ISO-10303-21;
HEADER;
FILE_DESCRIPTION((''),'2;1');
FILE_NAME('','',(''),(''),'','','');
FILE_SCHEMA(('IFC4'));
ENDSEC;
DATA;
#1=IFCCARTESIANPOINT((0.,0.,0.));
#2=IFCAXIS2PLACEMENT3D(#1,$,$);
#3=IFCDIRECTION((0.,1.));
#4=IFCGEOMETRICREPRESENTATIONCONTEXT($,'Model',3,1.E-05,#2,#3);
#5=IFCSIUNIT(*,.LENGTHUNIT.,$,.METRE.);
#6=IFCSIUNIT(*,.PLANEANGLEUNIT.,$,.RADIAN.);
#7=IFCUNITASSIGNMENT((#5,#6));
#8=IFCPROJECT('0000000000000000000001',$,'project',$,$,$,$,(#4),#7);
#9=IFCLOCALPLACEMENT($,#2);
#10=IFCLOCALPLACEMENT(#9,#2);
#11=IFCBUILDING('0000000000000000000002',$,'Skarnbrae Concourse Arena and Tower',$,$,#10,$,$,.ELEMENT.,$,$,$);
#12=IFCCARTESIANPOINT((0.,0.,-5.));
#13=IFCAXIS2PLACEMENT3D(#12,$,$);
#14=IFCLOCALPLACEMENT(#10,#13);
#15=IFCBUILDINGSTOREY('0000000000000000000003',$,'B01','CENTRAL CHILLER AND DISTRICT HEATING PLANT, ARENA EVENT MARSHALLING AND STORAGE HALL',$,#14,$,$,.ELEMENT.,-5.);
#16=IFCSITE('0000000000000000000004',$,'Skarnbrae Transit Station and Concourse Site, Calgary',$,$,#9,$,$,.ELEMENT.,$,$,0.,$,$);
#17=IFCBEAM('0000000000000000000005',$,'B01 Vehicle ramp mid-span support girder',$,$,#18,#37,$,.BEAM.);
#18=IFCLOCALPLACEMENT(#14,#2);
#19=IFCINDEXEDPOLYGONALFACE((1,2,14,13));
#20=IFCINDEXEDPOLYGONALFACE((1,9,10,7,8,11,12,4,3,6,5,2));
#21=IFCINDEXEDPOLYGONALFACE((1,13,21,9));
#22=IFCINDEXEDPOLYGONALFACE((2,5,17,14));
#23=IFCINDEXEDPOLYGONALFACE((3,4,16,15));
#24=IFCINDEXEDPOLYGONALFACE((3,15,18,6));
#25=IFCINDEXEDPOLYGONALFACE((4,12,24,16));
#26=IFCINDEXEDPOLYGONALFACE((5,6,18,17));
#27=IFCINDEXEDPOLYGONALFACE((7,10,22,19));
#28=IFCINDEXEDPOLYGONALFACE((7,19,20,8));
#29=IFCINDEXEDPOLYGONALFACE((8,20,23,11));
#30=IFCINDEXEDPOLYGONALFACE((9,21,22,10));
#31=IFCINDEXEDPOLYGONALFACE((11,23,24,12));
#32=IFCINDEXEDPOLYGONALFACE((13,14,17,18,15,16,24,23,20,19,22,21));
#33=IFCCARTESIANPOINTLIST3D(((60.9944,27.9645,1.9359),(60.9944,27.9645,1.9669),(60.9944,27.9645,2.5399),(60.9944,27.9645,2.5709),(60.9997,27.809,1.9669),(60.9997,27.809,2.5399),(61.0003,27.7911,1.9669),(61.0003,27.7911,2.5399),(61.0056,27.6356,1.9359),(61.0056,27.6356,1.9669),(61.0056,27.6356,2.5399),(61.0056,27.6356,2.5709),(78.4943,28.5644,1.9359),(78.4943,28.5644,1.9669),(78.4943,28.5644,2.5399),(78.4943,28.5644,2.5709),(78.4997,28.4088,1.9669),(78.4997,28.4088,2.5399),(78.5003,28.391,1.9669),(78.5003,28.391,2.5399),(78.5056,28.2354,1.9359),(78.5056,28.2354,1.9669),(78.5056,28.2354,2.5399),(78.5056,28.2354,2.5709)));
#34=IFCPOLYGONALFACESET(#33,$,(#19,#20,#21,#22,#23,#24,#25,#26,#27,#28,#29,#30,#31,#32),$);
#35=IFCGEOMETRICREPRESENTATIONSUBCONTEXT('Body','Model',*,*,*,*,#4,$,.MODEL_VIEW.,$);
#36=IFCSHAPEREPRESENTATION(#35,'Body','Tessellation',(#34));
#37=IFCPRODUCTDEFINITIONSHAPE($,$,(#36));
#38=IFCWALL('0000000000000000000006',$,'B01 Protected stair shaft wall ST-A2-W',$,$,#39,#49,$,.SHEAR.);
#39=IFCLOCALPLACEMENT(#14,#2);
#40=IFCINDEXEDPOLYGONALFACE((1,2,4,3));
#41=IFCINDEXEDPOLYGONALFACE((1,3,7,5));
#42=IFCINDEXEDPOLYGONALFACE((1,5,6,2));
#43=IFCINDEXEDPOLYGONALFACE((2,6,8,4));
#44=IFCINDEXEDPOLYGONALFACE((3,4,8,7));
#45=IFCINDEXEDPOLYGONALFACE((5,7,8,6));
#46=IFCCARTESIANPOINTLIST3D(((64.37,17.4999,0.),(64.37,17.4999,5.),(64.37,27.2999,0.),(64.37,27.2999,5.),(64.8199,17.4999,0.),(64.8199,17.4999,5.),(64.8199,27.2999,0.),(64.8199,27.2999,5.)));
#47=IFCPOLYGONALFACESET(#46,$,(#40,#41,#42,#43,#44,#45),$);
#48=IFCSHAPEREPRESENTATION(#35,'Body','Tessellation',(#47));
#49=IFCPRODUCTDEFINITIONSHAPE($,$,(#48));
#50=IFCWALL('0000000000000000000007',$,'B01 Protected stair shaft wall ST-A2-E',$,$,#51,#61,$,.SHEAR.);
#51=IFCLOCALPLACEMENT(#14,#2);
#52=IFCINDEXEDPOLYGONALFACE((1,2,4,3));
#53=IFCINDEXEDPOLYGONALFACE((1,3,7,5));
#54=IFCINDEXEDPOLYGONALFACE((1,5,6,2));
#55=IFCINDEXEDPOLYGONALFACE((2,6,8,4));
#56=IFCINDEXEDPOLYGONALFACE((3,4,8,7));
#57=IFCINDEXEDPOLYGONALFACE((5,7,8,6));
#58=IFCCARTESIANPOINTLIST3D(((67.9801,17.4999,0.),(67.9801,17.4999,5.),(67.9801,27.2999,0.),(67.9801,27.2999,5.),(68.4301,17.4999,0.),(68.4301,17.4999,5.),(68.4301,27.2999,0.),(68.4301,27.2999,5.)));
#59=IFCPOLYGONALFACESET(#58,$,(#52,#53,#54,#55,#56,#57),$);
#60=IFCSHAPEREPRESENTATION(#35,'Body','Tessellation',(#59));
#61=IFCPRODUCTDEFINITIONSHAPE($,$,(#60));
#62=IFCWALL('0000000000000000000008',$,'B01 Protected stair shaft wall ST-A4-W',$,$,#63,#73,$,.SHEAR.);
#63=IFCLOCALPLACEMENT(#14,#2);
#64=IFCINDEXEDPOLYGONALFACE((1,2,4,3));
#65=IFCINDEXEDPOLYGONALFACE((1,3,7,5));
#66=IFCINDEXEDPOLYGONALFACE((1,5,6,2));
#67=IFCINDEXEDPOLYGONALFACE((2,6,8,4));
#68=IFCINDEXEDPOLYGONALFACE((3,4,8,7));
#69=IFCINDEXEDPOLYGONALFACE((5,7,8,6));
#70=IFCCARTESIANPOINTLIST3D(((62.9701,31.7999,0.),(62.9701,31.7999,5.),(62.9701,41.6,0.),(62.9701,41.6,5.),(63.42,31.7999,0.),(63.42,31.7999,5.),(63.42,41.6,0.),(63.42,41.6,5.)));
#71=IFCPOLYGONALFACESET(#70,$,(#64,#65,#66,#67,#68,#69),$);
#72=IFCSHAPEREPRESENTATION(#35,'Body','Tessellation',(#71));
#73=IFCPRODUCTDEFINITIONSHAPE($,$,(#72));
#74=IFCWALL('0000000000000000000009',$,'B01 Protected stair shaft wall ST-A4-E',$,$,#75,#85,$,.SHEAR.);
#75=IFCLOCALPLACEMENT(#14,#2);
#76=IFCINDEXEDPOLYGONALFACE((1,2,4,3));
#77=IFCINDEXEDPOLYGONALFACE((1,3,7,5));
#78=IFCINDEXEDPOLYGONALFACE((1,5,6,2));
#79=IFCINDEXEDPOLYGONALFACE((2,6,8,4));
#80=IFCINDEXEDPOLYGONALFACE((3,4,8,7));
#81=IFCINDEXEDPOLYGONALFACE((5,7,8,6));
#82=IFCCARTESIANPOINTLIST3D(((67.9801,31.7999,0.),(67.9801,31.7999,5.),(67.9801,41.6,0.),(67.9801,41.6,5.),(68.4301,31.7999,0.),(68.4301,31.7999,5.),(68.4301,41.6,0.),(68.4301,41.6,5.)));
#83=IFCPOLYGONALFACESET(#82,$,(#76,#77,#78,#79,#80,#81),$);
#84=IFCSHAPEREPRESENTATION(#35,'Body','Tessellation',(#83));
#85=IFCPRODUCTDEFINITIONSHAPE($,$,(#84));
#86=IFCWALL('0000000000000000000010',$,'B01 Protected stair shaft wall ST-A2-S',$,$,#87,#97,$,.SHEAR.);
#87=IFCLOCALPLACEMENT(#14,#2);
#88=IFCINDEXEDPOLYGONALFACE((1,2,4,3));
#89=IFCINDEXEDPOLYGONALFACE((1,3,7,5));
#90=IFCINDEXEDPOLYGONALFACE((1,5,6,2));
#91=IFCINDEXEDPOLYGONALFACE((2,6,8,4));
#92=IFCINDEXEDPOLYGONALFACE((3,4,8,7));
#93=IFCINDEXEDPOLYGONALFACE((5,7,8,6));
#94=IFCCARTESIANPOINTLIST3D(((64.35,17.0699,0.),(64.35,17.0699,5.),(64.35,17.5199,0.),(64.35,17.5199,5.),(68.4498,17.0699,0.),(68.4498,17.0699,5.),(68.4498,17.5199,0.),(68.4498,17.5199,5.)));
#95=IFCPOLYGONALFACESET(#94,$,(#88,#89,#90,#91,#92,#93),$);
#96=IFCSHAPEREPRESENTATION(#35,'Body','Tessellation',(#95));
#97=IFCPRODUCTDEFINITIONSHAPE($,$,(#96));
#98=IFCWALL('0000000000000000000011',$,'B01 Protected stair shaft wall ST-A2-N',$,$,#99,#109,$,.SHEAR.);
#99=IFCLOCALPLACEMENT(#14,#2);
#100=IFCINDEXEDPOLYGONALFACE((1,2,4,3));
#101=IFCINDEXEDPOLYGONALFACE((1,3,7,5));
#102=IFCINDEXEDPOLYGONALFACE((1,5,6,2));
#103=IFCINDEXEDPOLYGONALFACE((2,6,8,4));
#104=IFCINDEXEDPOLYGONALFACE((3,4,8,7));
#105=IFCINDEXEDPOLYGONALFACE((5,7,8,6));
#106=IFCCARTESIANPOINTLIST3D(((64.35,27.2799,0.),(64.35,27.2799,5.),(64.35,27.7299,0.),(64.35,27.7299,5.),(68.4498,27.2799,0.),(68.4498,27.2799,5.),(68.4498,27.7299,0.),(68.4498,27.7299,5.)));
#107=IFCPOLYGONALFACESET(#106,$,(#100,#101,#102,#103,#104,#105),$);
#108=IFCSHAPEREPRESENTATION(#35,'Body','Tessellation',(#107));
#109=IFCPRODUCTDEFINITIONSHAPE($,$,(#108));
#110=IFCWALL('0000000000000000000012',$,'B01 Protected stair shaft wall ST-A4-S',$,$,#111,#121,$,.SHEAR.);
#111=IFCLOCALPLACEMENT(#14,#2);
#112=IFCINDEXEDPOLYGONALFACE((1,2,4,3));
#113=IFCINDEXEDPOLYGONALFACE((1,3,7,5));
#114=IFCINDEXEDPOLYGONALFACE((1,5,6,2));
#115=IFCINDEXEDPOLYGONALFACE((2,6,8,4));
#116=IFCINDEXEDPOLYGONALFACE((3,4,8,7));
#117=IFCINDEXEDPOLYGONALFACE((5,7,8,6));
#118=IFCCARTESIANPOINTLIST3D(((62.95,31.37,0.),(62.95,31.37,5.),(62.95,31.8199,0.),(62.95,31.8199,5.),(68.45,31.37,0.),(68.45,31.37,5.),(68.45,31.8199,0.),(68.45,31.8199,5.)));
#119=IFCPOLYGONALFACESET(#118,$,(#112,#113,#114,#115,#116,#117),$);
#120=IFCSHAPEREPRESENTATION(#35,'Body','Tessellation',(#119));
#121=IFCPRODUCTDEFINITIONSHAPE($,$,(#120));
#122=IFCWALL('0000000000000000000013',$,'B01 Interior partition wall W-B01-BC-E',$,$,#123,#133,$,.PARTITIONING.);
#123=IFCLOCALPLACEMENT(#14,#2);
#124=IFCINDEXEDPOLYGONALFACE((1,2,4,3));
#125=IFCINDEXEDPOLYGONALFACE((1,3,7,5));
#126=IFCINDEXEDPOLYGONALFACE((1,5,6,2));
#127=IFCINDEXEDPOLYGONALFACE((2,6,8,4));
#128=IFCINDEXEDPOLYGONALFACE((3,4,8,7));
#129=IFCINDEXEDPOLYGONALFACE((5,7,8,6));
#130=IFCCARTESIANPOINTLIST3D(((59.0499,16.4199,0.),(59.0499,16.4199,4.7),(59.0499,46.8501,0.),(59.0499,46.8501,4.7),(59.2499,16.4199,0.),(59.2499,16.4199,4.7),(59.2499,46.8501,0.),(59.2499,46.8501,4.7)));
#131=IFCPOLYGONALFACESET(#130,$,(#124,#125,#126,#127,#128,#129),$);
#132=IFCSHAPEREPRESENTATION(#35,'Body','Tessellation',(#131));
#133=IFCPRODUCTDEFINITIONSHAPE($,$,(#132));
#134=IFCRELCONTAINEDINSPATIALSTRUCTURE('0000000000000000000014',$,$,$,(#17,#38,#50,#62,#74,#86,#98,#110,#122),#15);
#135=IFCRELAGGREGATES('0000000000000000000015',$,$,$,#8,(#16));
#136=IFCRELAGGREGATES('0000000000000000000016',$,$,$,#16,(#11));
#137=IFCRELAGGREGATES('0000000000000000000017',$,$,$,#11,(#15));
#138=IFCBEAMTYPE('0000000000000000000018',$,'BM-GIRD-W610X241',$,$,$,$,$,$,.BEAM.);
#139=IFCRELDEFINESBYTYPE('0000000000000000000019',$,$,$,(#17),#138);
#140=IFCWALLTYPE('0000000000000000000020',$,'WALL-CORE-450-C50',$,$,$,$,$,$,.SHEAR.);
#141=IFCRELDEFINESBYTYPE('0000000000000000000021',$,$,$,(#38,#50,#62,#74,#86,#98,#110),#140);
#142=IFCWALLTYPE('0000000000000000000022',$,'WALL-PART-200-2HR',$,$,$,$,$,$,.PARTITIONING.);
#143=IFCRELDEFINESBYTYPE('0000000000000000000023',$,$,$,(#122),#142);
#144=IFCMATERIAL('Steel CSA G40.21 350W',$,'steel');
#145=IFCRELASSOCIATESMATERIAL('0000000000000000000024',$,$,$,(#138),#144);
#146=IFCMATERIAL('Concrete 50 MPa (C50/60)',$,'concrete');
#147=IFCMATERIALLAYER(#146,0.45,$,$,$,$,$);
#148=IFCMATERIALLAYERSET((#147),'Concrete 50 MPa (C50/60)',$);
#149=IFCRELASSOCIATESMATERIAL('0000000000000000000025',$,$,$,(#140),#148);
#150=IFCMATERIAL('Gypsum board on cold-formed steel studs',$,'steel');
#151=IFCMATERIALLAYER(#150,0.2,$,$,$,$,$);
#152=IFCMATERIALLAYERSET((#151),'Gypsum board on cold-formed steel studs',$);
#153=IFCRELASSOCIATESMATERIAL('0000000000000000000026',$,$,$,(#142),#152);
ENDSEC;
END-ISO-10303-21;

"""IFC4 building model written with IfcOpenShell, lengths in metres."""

from ifc_helpers import new_model, si_unit, direction, frame, frame_2d, origin, origin_2d, place, context, subcontext, project, spatial, rectangle, i_section, extrude, source, transform, mapped, material, layer, layer_set, material_profile, profile_set, type_object, element, save


model = new_model("IFC4")

# Units and contexts
model_context = context("Model", 3, precision=1e-05, world=origin(), true_north=direction((0.0, 1.0)))
body_context = subcontext(model_context, "Body", "Model", "MODEL_VIEW")
ifc_project = project(units=[si_unit("LENGTHUNIT", "METRE"), si_unit("PLANEANGLEUNIT", "RADIAN")], contexts=[model_context])

# Site, building, storey
site_placement = place(None, origin())
site = spatial("IfcSite", under=ifc_project, at=site_placement, Name="Skarnbrae Transit Station and Concourse Site, Calgary", CompositionType="ELEMENT", RefElevation=0.0)
building_placement = place(site_placement, origin())
building = spatial("IfcBuilding", under=site, at=building_placement, Name="Skarnbrae Concourse Arena and Tower", CompositionType="ELEMENT")
storey_placement = place(building_placement, frame((0.0, 0.0, -5.0)))
storey = spatial("IfcBuildingStorey", under=building, at=storey_placement, Name="B01", Description="CENTRAL CHILLER AND DISTRICT HEATING PLANT, ARENA EVENT MARSHALLING AND STORAGE HALL", CompositionType="ELEMENT", Elevation=-5.0)

# Shared definitions
ifc_material_1 = material(Name="Steel CSA G40.21 350W", Category="steel")

# Beam
ifc_material_profile_1 = material_profile(ifc_material_1, i_section(OverallWidth=0.3291, OverallDepth=0.635, WebThickness=0.0178, FlangeThickness=0.031, at=origin_2d()), Name="W610X241")
ifc_profile_set_1 = profile_set([ifc_material_profile_1], Name="Steel CSA G40.21 350W")
beam_type_1 = type_object("IfcBeamType", Name="BM-GIRD-W610X241", PredefinedType="BEAM", material=ifc_profile_set_1)
shared_shape_1 = source(origin(), body_context, "Body", "SweptSolid", [
    extrude(i_section(OverallWidth=0.3291, OverallDepth=0.635, WebThickness=0.0178, FlangeThickness=0.031, at=origin_2d()), origin(), (0.0, 0.0, 1.0), 17.5103),
])
beam_1_placement = place(storey_placement, frame((61.0, 27.8, 2.2534), z_axis=(0.999413, 0.034257, 0.0), x_axis=(-0.034257, 0.999413, 0.0)))
element("IfcBeam", 1, at=beam_1_placement, inside=storey, type_object=beam_type_1, Name="B01 Vehicle ramp mid-span support girder", PredefinedType="BEAM", context=body_context, shape_type="MappedRepresentation", body=[
    mapped(shared_shape_1, transform((0.0, 0.0, 0.0))),
])

# Walls
ifc_material_2 = material(Name="Concrete 50 MPa (C50/60)", Category="concrete")
ifc_layer_1 = layer(ifc_material_2, 0.45)
ifc_layer_set_1 = layer_set([ifc_layer_1], Name="Concrete 50 MPa (C50/60)")
wall_type_1 = type_object("IfcWallType", Name="WALL-CORE-450-C50", PredefinedType="SHEAR", material=ifc_layer_set_1)
shared_shape_2 = source(origin(), body_context, "Body", "SweptSolid", [
    extrude(rectangle(XDim=9.8, YDim=0.45, at=frame_2d((4.8999, 0.0))), origin(), (0.0, 0.0, 1.0), 5.0),
])
for number, where, z_axis, x_axis, name in (
    (2, (64.595, 17.5, 0.0), (0.0, 0.0, 1.0), (0.0, 1.0, 0.0), "B01 Protected stair shaft wall ST-A2-W"),
    (3, (68.2051, 17.5, 0.0), (0.0, 0.0, 1.0), (0.0, 1.0, 0.0), "B01 Protected stair shaft wall ST-A2-E"),
    (4, (63.1951, 31.8, 0.0), (0.0, 0.0, 1.0), (0.0, 1.0, 0.0), "B01 Protected stair shaft wall ST-A4-W"),
    (5, (68.2051, 31.8, 0.0), (0.0, 0.0, 1.0), (0.0, 1.0, 0.0), "B01 Protected stair shaft wall ST-A4-E"),
):
    element("IfcWall", number, at=place(storey_placement, frame(where, z_axis=z_axis, x_axis=x_axis)), inside=storey, type_object=wall_type_1, Name=name, PredefinedType="SHEAR", context=body_context, shape_type="MappedRepresentation", body=[
        mapped(shared_shape_2, transform((0.0, 0.0, 0.0))),
    ])
shared_shape_3 = source(origin(), body_context, "Body", "SweptSolid", [
    extrude(rectangle(XDim=4.0999, YDim=0.45, at=frame_2d((2.0498, 0.0))), origin(), (0.0, 0.0, 1.0), 5.0),
])
for number, where, z_axis, x_axis, name in (
    (6, (64.3501, 17.2949, 0.0), (0.0, 0.0, 1.0), (1.0, 0.0, 0.0), "B01 Protected stair shaft wall ST-A2-S"),
    (7, (64.3501, 27.5049, 0.0), (0.0, 0.0, 1.0), (1.0, 0.0, 0.0), "B01 Protected stair shaft wall ST-A2-N"),
):
    element("IfcWall", number, at=place(storey_placement, frame(where, z_axis=z_axis, x_axis=x_axis)), inside=storey, type_object=wall_type_1, Name=name, PredefinedType="SHEAR", context=body_context, shape_type="MappedRepresentation", body=[
        mapped(shared_shape_3, transform((0.0, 0.0, 0.0))),
    ])
shared_shape_4 = source(origin(), body_context, "Body", "SweptSolid", [
    extrude(rectangle(XDim=5.5, YDim=0.45, at=frame_2d((2.75, 0.0))), origin(), (0.0, 0.0, 1.0), 5.0),
])
wall_1_placement = place(storey_placement, frame((62.95, 31.595, 0.0), z_axis=(0.0, 0.0, 1.0), x_axis=(1.0, 0.0, 0.0)))
element("IfcWall", 8, at=wall_1_placement, inside=storey, type_object=wall_type_1, Name="B01 Protected stair shaft wall ST-A4-S", PredefinedType="SHEAR", context=body_context, shape_type="MappedRepresentation", body=[
    mapped(shared_shape_4, transform((0.0, 0.0, 0.0))),
])
ifc_material_3 = material(Name="Gypsum board on cold-formed steel studs", Category="steel")
ifc_layer_2 = layer(ifc_material_3, 0.2)
ifc_layer_set_2 = layer_set([ifc_layer_2], Name="Gypsum board on cold-formed steel studs")
wall_type_2 = type_object("IfcWallType", Name="WALL-PART-200-2HR", PredefinedType="PARTITIONING", material=ifc_layer_set_2)
shared_shape_5 = source(origin(), body_context, "Body", "SweptSolid", [
    extrude(rectangle(XDim=30.4302, YDim=0.2, at=frame_2d((15.2151, 0.0))), origin(), (0.0, 0.0, 1.0), 4.7),
])
wall_2_placement = place(storey_placement, frame((59.1499, 16.4199, 0.0), z_axis=(0.0, 0.0, 1.0), x_axis=(0.0, 1.0, 0.0)))
element("IfcWall", 9, at=wall_2_placement, inside=storey, type_object=wall_type_2, Name="B01 Interior partition wall W-B01-BC-E", PredefinedType="PARTITIONING", context=body_context, shape_type="MappedRepresentation", body=[
    mapped(shared_shape_5, transform((0.0, 0.0, 0.0))),
])

save(model, "model.ifc")
